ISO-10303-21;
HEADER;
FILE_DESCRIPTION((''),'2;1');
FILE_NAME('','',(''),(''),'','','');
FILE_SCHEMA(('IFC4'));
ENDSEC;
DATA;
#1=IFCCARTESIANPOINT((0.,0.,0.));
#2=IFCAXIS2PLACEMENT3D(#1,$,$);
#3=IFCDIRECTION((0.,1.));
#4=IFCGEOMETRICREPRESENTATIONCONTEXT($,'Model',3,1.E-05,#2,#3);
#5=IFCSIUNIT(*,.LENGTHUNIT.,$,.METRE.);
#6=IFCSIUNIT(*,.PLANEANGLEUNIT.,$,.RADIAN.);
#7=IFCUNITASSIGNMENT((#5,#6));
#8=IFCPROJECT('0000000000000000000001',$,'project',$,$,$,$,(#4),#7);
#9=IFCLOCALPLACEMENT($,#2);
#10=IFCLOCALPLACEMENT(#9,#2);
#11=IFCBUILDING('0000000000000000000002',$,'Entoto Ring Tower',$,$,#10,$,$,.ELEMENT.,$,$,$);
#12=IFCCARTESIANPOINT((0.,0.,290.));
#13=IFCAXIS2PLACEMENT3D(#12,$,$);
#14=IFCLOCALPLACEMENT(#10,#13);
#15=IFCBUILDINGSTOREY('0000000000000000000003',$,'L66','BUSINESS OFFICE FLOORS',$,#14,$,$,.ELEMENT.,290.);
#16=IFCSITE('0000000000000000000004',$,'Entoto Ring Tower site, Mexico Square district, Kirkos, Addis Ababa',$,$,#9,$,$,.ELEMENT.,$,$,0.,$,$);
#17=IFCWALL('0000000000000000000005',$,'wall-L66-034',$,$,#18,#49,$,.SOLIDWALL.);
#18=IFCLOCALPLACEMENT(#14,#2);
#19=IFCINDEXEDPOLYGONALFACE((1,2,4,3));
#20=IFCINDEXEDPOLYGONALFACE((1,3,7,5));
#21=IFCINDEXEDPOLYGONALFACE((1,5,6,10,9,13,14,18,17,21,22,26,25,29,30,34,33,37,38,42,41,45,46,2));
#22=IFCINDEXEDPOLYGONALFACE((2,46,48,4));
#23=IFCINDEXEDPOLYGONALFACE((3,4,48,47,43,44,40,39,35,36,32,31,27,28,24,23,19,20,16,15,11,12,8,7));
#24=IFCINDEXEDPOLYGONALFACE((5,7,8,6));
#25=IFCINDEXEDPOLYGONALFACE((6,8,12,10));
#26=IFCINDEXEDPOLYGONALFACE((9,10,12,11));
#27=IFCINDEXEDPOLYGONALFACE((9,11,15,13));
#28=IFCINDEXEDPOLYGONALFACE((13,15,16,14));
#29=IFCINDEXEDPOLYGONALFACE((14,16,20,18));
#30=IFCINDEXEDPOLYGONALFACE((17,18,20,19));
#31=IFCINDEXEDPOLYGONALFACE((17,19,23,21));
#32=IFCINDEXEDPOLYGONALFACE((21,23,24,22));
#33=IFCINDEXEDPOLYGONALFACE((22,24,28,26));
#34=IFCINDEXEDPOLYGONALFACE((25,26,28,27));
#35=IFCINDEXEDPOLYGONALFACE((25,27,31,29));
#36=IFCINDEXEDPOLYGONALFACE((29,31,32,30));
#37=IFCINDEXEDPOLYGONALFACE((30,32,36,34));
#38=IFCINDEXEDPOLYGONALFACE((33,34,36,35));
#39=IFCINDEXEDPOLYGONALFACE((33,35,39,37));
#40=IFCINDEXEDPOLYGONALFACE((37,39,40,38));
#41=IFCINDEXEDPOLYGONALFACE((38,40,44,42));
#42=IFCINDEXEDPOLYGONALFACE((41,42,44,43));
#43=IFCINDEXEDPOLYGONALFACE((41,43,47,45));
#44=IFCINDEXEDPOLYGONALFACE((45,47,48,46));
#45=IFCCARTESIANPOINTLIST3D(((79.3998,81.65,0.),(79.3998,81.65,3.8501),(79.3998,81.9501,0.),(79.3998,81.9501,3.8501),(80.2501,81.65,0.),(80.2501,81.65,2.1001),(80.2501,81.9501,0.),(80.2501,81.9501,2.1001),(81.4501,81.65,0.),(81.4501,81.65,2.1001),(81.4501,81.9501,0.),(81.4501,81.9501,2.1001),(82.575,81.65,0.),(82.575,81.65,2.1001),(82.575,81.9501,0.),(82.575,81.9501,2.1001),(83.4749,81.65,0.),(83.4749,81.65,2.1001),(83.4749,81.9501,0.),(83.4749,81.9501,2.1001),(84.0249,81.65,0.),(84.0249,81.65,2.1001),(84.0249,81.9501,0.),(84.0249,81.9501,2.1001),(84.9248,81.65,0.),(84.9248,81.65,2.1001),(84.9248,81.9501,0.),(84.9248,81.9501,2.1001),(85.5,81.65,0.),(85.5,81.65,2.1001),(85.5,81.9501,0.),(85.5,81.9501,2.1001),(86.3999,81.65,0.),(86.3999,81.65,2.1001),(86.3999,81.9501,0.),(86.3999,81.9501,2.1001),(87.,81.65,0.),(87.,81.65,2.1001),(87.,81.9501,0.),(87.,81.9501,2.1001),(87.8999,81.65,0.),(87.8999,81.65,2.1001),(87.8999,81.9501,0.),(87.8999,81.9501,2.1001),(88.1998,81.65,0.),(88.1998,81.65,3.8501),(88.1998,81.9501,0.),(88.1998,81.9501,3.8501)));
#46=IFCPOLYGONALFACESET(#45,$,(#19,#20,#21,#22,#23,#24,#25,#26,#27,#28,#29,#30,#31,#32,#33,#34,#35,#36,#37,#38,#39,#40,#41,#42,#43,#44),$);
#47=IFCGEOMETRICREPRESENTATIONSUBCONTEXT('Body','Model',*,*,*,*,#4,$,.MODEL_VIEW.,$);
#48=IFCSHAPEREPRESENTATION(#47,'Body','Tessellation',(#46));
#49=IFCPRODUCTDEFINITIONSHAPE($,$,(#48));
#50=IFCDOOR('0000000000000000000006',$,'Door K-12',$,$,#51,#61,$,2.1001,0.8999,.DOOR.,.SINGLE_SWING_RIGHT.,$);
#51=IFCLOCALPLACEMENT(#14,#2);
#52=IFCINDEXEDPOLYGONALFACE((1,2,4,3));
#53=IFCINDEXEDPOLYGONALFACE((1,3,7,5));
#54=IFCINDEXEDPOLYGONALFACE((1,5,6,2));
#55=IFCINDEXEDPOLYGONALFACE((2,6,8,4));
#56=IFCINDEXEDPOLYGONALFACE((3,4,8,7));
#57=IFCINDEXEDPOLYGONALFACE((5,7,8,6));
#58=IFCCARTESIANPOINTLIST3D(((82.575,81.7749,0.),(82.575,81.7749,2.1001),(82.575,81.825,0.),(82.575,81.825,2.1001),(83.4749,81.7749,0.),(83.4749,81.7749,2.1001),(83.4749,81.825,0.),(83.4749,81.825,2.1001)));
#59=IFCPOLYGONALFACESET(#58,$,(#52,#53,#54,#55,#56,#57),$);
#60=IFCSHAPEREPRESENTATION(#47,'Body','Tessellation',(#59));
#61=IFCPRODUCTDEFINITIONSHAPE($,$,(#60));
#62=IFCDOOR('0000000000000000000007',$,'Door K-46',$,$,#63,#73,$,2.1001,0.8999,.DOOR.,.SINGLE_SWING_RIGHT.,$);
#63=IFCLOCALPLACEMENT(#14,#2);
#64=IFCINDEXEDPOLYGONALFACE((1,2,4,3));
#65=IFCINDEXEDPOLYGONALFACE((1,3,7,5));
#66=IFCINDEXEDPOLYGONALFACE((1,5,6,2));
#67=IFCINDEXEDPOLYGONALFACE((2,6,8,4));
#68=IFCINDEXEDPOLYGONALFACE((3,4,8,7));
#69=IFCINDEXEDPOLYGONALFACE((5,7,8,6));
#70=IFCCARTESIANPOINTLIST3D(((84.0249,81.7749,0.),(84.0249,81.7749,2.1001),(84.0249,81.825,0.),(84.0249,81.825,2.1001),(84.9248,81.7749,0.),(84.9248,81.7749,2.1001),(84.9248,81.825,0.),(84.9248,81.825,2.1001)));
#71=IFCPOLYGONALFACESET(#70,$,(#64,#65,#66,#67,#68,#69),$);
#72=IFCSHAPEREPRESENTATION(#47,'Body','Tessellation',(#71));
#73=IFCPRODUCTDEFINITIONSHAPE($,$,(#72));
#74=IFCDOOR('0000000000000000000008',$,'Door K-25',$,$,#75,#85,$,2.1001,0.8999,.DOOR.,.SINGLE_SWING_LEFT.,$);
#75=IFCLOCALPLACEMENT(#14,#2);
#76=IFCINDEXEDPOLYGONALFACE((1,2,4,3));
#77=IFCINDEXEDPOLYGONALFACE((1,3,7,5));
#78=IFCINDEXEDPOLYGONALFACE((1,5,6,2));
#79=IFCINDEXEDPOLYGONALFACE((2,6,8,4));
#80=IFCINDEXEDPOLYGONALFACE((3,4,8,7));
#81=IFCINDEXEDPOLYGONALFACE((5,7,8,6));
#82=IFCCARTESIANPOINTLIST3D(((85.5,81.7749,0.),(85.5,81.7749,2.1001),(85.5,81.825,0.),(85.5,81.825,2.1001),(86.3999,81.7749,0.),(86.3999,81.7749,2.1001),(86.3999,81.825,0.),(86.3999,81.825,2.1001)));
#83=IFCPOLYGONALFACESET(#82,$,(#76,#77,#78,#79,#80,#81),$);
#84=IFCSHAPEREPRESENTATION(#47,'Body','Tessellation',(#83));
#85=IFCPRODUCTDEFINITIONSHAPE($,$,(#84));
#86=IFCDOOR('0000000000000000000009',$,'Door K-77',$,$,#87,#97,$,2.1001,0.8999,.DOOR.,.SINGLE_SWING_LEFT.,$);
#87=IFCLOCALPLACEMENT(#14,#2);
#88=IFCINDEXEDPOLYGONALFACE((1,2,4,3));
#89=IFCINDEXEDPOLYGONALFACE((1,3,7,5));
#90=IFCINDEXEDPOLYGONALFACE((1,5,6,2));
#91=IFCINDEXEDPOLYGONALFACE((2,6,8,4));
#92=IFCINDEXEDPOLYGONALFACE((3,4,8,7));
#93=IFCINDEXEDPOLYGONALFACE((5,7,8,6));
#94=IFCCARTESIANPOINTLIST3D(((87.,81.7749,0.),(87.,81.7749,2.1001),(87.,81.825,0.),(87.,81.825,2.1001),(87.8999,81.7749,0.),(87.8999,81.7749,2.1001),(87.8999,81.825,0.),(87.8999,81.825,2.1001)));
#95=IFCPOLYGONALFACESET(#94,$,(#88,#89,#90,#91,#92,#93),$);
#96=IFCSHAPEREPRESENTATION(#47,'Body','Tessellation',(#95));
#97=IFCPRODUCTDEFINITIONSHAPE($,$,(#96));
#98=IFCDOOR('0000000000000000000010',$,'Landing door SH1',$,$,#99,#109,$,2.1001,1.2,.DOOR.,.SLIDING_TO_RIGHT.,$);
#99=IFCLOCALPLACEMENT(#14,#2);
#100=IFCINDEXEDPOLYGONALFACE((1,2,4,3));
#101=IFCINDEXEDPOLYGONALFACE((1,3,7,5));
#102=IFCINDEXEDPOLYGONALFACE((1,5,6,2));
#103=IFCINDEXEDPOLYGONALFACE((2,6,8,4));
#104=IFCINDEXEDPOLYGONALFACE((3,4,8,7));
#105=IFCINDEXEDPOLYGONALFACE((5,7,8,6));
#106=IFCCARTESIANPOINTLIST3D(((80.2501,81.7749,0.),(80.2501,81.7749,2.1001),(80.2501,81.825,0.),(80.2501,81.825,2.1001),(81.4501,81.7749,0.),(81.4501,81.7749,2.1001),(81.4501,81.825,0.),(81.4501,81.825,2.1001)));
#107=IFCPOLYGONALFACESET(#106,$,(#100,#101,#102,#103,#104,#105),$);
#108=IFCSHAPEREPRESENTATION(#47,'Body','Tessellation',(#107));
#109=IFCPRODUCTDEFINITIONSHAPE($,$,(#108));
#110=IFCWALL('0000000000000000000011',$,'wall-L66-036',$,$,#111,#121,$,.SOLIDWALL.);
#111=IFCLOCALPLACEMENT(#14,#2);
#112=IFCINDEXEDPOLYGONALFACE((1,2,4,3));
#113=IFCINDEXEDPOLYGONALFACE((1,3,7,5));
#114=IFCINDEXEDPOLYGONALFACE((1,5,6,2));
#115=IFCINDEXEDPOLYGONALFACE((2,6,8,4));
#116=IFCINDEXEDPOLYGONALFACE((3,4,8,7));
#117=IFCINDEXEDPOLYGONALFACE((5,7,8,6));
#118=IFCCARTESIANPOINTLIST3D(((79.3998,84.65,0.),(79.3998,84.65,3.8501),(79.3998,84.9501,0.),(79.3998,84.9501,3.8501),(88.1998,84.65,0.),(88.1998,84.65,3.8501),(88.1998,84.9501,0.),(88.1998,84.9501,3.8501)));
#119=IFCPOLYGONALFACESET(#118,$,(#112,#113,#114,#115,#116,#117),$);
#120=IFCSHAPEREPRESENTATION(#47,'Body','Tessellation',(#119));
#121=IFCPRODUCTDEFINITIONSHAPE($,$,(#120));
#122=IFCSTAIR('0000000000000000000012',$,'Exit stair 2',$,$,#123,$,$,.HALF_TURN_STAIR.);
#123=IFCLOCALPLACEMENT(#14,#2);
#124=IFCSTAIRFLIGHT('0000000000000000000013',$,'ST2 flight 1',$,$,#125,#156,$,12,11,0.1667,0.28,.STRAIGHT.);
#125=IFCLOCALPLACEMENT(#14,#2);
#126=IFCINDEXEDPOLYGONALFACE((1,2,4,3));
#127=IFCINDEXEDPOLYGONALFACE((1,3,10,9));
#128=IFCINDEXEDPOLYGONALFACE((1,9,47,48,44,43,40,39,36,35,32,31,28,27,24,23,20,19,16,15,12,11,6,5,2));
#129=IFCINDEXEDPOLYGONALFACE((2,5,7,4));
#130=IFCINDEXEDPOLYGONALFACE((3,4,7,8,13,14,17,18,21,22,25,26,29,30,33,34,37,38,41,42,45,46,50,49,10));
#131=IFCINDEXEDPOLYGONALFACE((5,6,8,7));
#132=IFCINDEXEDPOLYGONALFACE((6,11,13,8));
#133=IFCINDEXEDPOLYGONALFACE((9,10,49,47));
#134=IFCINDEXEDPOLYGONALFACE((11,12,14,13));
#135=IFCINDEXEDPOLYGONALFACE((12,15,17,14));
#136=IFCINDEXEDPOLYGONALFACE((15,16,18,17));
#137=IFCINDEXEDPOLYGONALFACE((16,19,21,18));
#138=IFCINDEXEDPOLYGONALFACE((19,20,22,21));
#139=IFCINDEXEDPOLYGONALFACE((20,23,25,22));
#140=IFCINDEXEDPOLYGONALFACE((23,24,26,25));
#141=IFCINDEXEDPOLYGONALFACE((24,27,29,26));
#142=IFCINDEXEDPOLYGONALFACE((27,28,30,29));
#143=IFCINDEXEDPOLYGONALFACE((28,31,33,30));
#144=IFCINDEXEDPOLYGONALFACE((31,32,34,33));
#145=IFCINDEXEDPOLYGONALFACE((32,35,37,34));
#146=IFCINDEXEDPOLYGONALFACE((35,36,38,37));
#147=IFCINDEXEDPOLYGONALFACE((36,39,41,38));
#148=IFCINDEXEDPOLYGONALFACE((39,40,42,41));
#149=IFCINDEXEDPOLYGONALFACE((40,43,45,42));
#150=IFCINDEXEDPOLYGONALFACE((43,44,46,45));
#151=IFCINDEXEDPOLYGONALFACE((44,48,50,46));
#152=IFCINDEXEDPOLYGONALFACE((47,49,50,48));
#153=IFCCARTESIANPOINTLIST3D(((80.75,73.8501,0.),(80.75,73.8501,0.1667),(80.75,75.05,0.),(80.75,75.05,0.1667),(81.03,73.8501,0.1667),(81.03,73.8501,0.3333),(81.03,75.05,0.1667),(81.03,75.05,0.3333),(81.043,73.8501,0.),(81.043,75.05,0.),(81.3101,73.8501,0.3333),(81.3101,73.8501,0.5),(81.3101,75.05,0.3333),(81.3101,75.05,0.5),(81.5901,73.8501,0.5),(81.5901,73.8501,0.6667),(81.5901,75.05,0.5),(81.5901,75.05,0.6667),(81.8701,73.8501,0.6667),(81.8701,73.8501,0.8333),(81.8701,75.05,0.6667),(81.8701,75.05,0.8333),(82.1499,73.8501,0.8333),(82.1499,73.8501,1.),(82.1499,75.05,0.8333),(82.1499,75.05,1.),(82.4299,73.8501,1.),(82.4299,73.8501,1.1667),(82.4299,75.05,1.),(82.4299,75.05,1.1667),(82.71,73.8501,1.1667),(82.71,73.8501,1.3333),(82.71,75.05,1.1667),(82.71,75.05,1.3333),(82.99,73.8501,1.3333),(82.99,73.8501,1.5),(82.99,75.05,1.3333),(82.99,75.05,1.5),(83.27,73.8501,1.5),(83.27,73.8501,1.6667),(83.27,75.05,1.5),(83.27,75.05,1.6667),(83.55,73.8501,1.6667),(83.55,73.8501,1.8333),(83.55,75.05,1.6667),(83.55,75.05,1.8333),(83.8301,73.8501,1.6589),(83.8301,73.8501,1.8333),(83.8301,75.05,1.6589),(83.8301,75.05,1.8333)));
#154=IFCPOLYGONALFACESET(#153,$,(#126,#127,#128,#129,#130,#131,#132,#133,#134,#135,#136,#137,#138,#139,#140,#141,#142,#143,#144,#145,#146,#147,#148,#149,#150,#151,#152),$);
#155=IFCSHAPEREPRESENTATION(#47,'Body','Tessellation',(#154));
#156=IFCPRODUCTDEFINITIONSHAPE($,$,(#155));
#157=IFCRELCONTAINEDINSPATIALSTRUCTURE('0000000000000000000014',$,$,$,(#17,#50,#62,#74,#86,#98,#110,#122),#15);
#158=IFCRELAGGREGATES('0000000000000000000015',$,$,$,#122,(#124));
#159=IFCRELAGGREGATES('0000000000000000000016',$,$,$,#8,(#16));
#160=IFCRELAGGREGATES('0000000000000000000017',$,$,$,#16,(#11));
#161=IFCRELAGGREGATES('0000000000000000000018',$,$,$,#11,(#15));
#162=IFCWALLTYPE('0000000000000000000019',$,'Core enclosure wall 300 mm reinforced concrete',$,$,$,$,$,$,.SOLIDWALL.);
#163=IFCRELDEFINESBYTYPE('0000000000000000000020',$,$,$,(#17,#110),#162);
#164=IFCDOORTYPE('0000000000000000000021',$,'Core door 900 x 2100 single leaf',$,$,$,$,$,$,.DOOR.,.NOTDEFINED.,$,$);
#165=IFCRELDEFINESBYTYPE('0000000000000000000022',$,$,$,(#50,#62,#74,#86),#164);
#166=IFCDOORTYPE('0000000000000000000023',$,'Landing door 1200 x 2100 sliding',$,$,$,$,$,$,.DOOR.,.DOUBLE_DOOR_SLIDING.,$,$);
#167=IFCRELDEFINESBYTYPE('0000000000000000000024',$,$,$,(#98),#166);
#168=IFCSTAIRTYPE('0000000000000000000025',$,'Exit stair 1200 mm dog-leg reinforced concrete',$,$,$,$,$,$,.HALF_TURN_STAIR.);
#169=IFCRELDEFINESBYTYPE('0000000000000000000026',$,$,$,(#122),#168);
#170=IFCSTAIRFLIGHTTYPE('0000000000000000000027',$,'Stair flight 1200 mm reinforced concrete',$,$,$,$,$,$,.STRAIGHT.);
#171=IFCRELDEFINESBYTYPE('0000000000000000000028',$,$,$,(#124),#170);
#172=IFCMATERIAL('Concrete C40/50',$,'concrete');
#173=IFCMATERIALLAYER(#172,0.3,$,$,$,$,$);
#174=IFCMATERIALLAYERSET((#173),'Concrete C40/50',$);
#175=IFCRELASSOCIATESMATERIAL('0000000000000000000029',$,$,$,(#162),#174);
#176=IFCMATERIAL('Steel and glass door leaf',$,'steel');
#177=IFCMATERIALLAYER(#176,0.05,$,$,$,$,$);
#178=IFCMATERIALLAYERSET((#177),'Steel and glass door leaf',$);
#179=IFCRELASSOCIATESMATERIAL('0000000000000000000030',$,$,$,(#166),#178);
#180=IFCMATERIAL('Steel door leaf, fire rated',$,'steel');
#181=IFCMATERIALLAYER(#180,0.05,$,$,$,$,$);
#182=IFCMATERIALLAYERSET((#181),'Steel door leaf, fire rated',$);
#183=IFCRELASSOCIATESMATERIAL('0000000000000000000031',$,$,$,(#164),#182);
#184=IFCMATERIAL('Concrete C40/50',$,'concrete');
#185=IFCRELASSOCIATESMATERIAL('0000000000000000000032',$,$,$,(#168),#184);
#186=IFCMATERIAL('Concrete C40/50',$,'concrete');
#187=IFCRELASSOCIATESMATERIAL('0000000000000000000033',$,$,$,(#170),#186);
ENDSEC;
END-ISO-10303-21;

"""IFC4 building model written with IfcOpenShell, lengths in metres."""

from ifc_helpers import new_model, si_unit, direction, frame, frame_2d, origin, place, context, subcontext, project, spatial, polyline, rectangle, outline, extrude, material, layer, layer_set, type_object, element, fill, aggregate, save


model = new_model("IFC4")

# Units and contexts
model_context = context("Model", 3, precision=1e-05, world=origin(), true_north=direction((0.0, 1.0)))
body_context = subcontext(model_context, "Body", "Model", "MODEL_VIEW")
ifc_project = project(units=[si_unit("LENGTHUNIT", "METRE"), si_unit("PLANEANGLEUNIT", "RADIAN")], contexts=[model_context])

# Site, building, storey
site_placement = place(None, origin())
site = spatial("IfcSite", under=ifc_project, at=site_placement, Name="Entoto Ring Tower site, Mexico Square district, Kirkos, Addis Ababa", CompositionType="ELEMENT", RefElevation=0.0)
building_placement = place(site_placement, origin())
building = spatial("IfcBuilding", under=site, at=building_placement, Name="Entoto Ring Tower", CompositionType="ELEMENT")
storey_placement = place(building_placement, frame((0.0, 0.0, 290.0)))
storey = spatial("IfcBuildingStorey", under=building, at=storey_placement, Name="L66", Description="BUSINESS OFFICE FLOORS", CompositionType="ELEMENT", Elevation=290.0)

# Shared definitions
ifc_material_1 = material(Name="Concrete C40/50", Category="concrete")
ifc_layer_1 = layer(ifc_material_1, 0.3)
ifc_layer_set_1 = layer_set([ifc_layer_1], Name="Concrete C40/50")
wall_type = type_object("IfcWallType", Name="Core enclosure wall 300 mm reinforced concrete", PredefinedType="SOLIDWALL", material=ifc_layer_set_1)
ifc_material_2 = material(Name="Steel and glass door leaf", Category="steel")
ifc_layer_2 = layer(ifc_material_2, 0.05)
ifc_layer_set_2 = layer_set([ifc_layer_2], Name="Steel and glass door leaf")
door_type_1 = type_object("IfcDoorType", Name="Landing door 1200 x 2100 sliding", OperationType="DOUBLE_DOOR_SLIDING", PredefinedType="DOOR", material=ifc_layer_set_2)

# Wall, openings, doors
ifc_material_3 = material(Name="Steel door leaf, fire rated", Category="steel")
ifc_layer_3 = layer(ifc_material_3, 0.05)
ifc_layer_set_3 = layer_set([ifc_layer_3], Name="Steel door leaf, fire rated")
door_type_2 = type_object("IfcDoorType", Name="Core door 900 x 2100 single leaf", OperationType="NOTDEFINED", PredefinedType="DOOR", material=ifc_layer_set_3)
wall_1_placement = place(storey_placement, frame((79.3999, 81.8, 0.0), z_axis=(0.0, 0.0, 1.0), x_axis=(1.0, 0.0, 0.0)))
wall_1 = element("IfcWall", 1, at=wall_1_placement, inside=storey, type_object=wall_type, Name="wall-L66-034", PredefinedType="SOLIDWALL", context=body_context, shape_type="SweptSolid", body=[
    extrude(rectangle(XDim=8.8, YDim=0.3, at=frame_2d((4.3999, 0.0))), origin(), (0.0, 0.0, 1.0), 3.8501),
])
opening_1_placement = place(wall_1_placement, frame((0.8501, 0.0, 0.0)))
opening_1 = element("IfcOpeningElement", 2, at=opening_1_placement, cuts=wall_1, PredefinedType="OPENING", context=body_context, shape_type="SweptSolid", body=[
    extrude(rectangle(XDim=1.2, YDim=2.1001, at=frame_2d((0.6001, 1.05))), frame((0.0, 0.1602, 0.0), z_axis=(0.0, -1.0, 0.0), x_axis=(1.0, 0.0, 0.0)), (0.0, 0.0, 1.0), 0.3201),
])
opening_2_placement = place(wall_1_placement, frame((3.175, 0.0, 0.0)))
opening_2 = element("IfcOpeningElement", 3, at=opening_2_placement, cuts=wall_1, PredefinedType="OPENING", context=body_context, shape_type="SweptSolid", body=[
    extrude(rectangle(XDim=0.8999, YDim=2.1001, at=frame_2d((0.45, 1.05))), frame((0.0, 0.1602, 0.0), z_axis=(0.0, -1.0, 0.0), x_axis=(1.0, 0.0, 0.0)), (0.0, 0.0, 1.0), 0.3201),
])
opening_3_placement = place(wall_1_placement, frame((4.625, 0.0, 0.0)))
opening_3 = element("IfcOpeningElement", 4, at=opening_3_placement, cuts=wall_1, PredefinedType="OPENING", context=body_context, shape_type="SweptSolid", body=[
    extrude(rectangle(XDim=0.8999, YDim=2.1001, at=frame_2d((0.45, 1.05))), frame((0.0, 0.1602, 0.0), z_axis=(0.0, -1.0, 0.0), x_axis=(1.0, 0.0, 0.0)), (0.0, 0.0, 1.0), 0.3201),
])
opening_4_placement = place(wall_1_placement, frame((6.1001, 0.0, 0.0)))
opening_4 = element("IfcOpeningElement", 5, at=opening_4_placement, cuts=wall_1, PredefinedType="OPENING", context=body_context, shape_type="SweptSolid", body=[
    extrude(rectangle(XDim=0.8999, YDim=2.1001, at=frame_2d((0.45, 1.05))), frame((0.0, 0.1602, 0.0), z_axis=(0.0, -1.0, 0.0), x_axis=(1.0, 0.0, 0.0)), (0.0, 0.0, 1.0), 0.3201),
])
opening_5_placement = place(wall_1_placement, frame((7.6001, 0.0, 0.0)))
opening_5 = element("IfcOpeningElement", 6, at=opening_5_placement, cuts=wall_1, PredefinedType="OPENING", context=body_context, shape_type="SweptSolid", body=[
    extrude(rectangle(XDim=0.8999, YDim=2.1001, at=frame_2d((0.45, 1.05))), frame((0.0, 0.1602, 0.0), z_axis=(0.0, -1.0, 0.0), x_axis=(1.0, 0.0, 0.0)), (0.0, 0.0, 1.0), 0.3201),
])
door_1_placement = place(opening_2_placement, origin())
door_1 = element("IfcDoor", 7, at=door_1_placement, inside=storey, type_object=door_type_2, Name="Door K-12", OperationType="SINGLE_SWING_RIGHT", OverallHeight=2.1001, OverallWidth=0.8999, PredefinedType="DOOR", context=body_context, shape_type="SweptSolid", body=[
    extrude(rectangle(XDim=0.8999, YDim=2.1001, at=frame_2d((0.45, 1.05))), frame((0.0, 0.0249, 0.0), z_axis=(0.0, -1.0, 0.0), x_axis=(1.0, 0.0, 0.0)), (0.0, 0.0, 1.0), 0.05),
])
fill(opening_2, door_1)
door_2_placement = place(opening_3_placement, origin())
door_2 = element("IfcDoor", 8, at=door_2_placement, inside=storey, type_object=door_type_2, Name="Door K-46", OperationType="SINGLE_SWING_RIGHT", OverallHeight=2.1001, OverallWidth=0.8999, PredefinedType="DOOR", context=body_context, shape_type="SweptSolid", body=[
    extrude(rectangle(XDim=0.8999, YDim=2.1001, at=frame_2d((0.45, 1.05))), frame((0.0, 0.0249, 0.0), z_axis=(0.0, -1.0, 0.0), x_axis=(1.0, 0.0, 0.0)), (0.0, 0.0, 1.0), 0.05),
])
fill(opening_3, door_2)
door_3_placement = place(opening_4_placement, origin())
door_3 = element("IfcDoor", 9, at=door_3_placement, inside=storey, type_object=door_type_2, Name="Door K-25", OperationType="SINGLE_SWING_LEFT", OverallHeight=2.1001, OverallWidth=0.8999, PredefinedType="DOOR", context=body_context, shape_type="SweptSolid", body=[
    extrude(rectangle(XDim=0.8999, YDim=2.1001, at=frame_2d((0.45, 1.05))), frame((0.0, 0.0249, 0.0), z_axis=(0.0, -1.0, 0.0), x_axis=(1.0, 0.0, 0.0)), (0.0, 0.0, 1.0), 0.05),
])
fill(opening_4, door_3)
door_4_placement = place(opening_5_placement, origin())
door_4 = element("IfcDoor", 10, at=door_4_placement, inside=storey, type_object=door_type_2, Name="Door K-77", OperationType="SINGLE_SWING_LEFT", OverallHeight=2.1001, OverallWidth=0.8999, PredefinedType="DOOR", context=body_context, shape_type="SweptSolid", body=[
    extrude(rectangle(XDim=0.8999, YDim=2.1001, at=frame_2d((0.45, 1.05))), frame((0.0, 0.0249, 0.0), z_axis=(0.0, -1.0, 0.0), x_axis=(1.0, 0.0, 0.0)), (0.0, 0.0, 1.0), 0.05),
])
fill(opening_5, door_4)
door_5_placement = place(opening_1_placement, origin())
door_5 = element("IfcDoor", 11, at=door_5_placement, inside=storey, type_object=door_type_1, Name="Landing door SH1", OperationType="SLIDING_TO_RIGHT", OverallHeight=2.1001, OverallWidth=1.2, PredefinedType="DOOR", context=body_context, shape_type="SweptSolid", body=[
    extrude(rectangle(XDim=1.2, YDim=2.1001, at=frame_2d((0.6001, 1.05))), frame((0.0, 0.0249, 0.0), z_axis=(0.0, -1.0, 0.0), x_axis=(1.0, 0.0, 0.0)), (0.0, 0.0, 1.0), 0.05),
])
fill(opening_1, door_5)

# Wall
wall_2_placement = place(storey_placement, frame((79.3999, 84.8, 0.0), z_axis=(0.0, 0.0, 1.0), x_axis=(1.0, 0.0, 0.0)))
element("IfcWall", 12, at=wall_2_placement, inside=storey, type_object=wall_type, Name="wall-L66-036", PredefinedType="SOLIDWALL", context=body_context, shape_type="SweptSolid", body=[
    extrude(rectangle(XDim=8.8, YDim=0.3, at=frame_2d((4.3999, 0.0))), origin(), (0.0, 0.0, 1.0), 3.8501),
])

# Stair, stair flight
ifc_material_4 = material(Name="Concrete C40/50", Category="concrete")
stair_type = type_object("IfcStairType", Name="Exit stair 1200 mm dog-leg reinforced concrete", PredefinedType="HALF_TURN_STAIR", material=ifc_material_4)
stair_placement = place(storey_placement, origin())
stair = element("IfcStair", 13, at=stair_placement, inside=storey, type_object=stair_type, Name="Exit stair 2", PredefinedType="HALF_TURN_STAIR")
ifc_material_5 = material(Name="Concrete C40/50", Category="concrete")
stair_flight_type = type_object("IfcStairFlightType", Name="Stair flight 1200 mm reinforced concrete", PredefinedType="STRAIGHT", material=ifc_material_5)
stair_flight_1_placement = place(storey_placement, frame((80.75, 74.45, 0.0), z_axis=(0.0, 0.0, 1.0), x_axis=(1.0, 0.0, 0.0)))
stair_flight_1 = element("IfcStairFlight", 14, at=stair_flight_1_placement, type_object=stair_flight_type, Name="ST2 flight 1", NumberOfRisers=12, NumberOfTreads=11, PredefinedType="STRAIGHT", RiserHeight=0.1667, TreadLength=0.28, context=body_context, shape_type="SweptSolid", body=[
    extrude(outline(polyline([(0.0, 0.0), (0.0, 0.1667), (0.28, 0.1667), (0.28, 0.3333), (0.5601, 0.3333), (0.5601, 0.5), (0.8401, 0.5), (0.8401, 0.6667), (1.1201, 0.6667), (1.1201, 0.8333), (1.3999, 0.8333), (1.3999, 1.0), (1.6799, 1.0), (1.6799, 1.1667), (1.96, 1.1667), (1.96, 1.3333), (2.24, 1.3333), (2.24, 1.5), (2.52, 1.5), (2.52, 1.6667), (2.8, 1.6667), (2.8, 1.8333), (3.0801, 1.8333), (3.0801, 2.0), (3.0801, 1.6589), (0.293, 0.0), (0.0, 0.0)])), frame((0.0, 0.6001, 0.0), z_axis=(0.0, -1.0, 0.0), x_axis=(1.0, 0.0, 0.0)), (0.0, 0.0, 1.0), 1.2),
])
aggregate(stair, [stair_flight_1])

save(model, "model.ifc")
